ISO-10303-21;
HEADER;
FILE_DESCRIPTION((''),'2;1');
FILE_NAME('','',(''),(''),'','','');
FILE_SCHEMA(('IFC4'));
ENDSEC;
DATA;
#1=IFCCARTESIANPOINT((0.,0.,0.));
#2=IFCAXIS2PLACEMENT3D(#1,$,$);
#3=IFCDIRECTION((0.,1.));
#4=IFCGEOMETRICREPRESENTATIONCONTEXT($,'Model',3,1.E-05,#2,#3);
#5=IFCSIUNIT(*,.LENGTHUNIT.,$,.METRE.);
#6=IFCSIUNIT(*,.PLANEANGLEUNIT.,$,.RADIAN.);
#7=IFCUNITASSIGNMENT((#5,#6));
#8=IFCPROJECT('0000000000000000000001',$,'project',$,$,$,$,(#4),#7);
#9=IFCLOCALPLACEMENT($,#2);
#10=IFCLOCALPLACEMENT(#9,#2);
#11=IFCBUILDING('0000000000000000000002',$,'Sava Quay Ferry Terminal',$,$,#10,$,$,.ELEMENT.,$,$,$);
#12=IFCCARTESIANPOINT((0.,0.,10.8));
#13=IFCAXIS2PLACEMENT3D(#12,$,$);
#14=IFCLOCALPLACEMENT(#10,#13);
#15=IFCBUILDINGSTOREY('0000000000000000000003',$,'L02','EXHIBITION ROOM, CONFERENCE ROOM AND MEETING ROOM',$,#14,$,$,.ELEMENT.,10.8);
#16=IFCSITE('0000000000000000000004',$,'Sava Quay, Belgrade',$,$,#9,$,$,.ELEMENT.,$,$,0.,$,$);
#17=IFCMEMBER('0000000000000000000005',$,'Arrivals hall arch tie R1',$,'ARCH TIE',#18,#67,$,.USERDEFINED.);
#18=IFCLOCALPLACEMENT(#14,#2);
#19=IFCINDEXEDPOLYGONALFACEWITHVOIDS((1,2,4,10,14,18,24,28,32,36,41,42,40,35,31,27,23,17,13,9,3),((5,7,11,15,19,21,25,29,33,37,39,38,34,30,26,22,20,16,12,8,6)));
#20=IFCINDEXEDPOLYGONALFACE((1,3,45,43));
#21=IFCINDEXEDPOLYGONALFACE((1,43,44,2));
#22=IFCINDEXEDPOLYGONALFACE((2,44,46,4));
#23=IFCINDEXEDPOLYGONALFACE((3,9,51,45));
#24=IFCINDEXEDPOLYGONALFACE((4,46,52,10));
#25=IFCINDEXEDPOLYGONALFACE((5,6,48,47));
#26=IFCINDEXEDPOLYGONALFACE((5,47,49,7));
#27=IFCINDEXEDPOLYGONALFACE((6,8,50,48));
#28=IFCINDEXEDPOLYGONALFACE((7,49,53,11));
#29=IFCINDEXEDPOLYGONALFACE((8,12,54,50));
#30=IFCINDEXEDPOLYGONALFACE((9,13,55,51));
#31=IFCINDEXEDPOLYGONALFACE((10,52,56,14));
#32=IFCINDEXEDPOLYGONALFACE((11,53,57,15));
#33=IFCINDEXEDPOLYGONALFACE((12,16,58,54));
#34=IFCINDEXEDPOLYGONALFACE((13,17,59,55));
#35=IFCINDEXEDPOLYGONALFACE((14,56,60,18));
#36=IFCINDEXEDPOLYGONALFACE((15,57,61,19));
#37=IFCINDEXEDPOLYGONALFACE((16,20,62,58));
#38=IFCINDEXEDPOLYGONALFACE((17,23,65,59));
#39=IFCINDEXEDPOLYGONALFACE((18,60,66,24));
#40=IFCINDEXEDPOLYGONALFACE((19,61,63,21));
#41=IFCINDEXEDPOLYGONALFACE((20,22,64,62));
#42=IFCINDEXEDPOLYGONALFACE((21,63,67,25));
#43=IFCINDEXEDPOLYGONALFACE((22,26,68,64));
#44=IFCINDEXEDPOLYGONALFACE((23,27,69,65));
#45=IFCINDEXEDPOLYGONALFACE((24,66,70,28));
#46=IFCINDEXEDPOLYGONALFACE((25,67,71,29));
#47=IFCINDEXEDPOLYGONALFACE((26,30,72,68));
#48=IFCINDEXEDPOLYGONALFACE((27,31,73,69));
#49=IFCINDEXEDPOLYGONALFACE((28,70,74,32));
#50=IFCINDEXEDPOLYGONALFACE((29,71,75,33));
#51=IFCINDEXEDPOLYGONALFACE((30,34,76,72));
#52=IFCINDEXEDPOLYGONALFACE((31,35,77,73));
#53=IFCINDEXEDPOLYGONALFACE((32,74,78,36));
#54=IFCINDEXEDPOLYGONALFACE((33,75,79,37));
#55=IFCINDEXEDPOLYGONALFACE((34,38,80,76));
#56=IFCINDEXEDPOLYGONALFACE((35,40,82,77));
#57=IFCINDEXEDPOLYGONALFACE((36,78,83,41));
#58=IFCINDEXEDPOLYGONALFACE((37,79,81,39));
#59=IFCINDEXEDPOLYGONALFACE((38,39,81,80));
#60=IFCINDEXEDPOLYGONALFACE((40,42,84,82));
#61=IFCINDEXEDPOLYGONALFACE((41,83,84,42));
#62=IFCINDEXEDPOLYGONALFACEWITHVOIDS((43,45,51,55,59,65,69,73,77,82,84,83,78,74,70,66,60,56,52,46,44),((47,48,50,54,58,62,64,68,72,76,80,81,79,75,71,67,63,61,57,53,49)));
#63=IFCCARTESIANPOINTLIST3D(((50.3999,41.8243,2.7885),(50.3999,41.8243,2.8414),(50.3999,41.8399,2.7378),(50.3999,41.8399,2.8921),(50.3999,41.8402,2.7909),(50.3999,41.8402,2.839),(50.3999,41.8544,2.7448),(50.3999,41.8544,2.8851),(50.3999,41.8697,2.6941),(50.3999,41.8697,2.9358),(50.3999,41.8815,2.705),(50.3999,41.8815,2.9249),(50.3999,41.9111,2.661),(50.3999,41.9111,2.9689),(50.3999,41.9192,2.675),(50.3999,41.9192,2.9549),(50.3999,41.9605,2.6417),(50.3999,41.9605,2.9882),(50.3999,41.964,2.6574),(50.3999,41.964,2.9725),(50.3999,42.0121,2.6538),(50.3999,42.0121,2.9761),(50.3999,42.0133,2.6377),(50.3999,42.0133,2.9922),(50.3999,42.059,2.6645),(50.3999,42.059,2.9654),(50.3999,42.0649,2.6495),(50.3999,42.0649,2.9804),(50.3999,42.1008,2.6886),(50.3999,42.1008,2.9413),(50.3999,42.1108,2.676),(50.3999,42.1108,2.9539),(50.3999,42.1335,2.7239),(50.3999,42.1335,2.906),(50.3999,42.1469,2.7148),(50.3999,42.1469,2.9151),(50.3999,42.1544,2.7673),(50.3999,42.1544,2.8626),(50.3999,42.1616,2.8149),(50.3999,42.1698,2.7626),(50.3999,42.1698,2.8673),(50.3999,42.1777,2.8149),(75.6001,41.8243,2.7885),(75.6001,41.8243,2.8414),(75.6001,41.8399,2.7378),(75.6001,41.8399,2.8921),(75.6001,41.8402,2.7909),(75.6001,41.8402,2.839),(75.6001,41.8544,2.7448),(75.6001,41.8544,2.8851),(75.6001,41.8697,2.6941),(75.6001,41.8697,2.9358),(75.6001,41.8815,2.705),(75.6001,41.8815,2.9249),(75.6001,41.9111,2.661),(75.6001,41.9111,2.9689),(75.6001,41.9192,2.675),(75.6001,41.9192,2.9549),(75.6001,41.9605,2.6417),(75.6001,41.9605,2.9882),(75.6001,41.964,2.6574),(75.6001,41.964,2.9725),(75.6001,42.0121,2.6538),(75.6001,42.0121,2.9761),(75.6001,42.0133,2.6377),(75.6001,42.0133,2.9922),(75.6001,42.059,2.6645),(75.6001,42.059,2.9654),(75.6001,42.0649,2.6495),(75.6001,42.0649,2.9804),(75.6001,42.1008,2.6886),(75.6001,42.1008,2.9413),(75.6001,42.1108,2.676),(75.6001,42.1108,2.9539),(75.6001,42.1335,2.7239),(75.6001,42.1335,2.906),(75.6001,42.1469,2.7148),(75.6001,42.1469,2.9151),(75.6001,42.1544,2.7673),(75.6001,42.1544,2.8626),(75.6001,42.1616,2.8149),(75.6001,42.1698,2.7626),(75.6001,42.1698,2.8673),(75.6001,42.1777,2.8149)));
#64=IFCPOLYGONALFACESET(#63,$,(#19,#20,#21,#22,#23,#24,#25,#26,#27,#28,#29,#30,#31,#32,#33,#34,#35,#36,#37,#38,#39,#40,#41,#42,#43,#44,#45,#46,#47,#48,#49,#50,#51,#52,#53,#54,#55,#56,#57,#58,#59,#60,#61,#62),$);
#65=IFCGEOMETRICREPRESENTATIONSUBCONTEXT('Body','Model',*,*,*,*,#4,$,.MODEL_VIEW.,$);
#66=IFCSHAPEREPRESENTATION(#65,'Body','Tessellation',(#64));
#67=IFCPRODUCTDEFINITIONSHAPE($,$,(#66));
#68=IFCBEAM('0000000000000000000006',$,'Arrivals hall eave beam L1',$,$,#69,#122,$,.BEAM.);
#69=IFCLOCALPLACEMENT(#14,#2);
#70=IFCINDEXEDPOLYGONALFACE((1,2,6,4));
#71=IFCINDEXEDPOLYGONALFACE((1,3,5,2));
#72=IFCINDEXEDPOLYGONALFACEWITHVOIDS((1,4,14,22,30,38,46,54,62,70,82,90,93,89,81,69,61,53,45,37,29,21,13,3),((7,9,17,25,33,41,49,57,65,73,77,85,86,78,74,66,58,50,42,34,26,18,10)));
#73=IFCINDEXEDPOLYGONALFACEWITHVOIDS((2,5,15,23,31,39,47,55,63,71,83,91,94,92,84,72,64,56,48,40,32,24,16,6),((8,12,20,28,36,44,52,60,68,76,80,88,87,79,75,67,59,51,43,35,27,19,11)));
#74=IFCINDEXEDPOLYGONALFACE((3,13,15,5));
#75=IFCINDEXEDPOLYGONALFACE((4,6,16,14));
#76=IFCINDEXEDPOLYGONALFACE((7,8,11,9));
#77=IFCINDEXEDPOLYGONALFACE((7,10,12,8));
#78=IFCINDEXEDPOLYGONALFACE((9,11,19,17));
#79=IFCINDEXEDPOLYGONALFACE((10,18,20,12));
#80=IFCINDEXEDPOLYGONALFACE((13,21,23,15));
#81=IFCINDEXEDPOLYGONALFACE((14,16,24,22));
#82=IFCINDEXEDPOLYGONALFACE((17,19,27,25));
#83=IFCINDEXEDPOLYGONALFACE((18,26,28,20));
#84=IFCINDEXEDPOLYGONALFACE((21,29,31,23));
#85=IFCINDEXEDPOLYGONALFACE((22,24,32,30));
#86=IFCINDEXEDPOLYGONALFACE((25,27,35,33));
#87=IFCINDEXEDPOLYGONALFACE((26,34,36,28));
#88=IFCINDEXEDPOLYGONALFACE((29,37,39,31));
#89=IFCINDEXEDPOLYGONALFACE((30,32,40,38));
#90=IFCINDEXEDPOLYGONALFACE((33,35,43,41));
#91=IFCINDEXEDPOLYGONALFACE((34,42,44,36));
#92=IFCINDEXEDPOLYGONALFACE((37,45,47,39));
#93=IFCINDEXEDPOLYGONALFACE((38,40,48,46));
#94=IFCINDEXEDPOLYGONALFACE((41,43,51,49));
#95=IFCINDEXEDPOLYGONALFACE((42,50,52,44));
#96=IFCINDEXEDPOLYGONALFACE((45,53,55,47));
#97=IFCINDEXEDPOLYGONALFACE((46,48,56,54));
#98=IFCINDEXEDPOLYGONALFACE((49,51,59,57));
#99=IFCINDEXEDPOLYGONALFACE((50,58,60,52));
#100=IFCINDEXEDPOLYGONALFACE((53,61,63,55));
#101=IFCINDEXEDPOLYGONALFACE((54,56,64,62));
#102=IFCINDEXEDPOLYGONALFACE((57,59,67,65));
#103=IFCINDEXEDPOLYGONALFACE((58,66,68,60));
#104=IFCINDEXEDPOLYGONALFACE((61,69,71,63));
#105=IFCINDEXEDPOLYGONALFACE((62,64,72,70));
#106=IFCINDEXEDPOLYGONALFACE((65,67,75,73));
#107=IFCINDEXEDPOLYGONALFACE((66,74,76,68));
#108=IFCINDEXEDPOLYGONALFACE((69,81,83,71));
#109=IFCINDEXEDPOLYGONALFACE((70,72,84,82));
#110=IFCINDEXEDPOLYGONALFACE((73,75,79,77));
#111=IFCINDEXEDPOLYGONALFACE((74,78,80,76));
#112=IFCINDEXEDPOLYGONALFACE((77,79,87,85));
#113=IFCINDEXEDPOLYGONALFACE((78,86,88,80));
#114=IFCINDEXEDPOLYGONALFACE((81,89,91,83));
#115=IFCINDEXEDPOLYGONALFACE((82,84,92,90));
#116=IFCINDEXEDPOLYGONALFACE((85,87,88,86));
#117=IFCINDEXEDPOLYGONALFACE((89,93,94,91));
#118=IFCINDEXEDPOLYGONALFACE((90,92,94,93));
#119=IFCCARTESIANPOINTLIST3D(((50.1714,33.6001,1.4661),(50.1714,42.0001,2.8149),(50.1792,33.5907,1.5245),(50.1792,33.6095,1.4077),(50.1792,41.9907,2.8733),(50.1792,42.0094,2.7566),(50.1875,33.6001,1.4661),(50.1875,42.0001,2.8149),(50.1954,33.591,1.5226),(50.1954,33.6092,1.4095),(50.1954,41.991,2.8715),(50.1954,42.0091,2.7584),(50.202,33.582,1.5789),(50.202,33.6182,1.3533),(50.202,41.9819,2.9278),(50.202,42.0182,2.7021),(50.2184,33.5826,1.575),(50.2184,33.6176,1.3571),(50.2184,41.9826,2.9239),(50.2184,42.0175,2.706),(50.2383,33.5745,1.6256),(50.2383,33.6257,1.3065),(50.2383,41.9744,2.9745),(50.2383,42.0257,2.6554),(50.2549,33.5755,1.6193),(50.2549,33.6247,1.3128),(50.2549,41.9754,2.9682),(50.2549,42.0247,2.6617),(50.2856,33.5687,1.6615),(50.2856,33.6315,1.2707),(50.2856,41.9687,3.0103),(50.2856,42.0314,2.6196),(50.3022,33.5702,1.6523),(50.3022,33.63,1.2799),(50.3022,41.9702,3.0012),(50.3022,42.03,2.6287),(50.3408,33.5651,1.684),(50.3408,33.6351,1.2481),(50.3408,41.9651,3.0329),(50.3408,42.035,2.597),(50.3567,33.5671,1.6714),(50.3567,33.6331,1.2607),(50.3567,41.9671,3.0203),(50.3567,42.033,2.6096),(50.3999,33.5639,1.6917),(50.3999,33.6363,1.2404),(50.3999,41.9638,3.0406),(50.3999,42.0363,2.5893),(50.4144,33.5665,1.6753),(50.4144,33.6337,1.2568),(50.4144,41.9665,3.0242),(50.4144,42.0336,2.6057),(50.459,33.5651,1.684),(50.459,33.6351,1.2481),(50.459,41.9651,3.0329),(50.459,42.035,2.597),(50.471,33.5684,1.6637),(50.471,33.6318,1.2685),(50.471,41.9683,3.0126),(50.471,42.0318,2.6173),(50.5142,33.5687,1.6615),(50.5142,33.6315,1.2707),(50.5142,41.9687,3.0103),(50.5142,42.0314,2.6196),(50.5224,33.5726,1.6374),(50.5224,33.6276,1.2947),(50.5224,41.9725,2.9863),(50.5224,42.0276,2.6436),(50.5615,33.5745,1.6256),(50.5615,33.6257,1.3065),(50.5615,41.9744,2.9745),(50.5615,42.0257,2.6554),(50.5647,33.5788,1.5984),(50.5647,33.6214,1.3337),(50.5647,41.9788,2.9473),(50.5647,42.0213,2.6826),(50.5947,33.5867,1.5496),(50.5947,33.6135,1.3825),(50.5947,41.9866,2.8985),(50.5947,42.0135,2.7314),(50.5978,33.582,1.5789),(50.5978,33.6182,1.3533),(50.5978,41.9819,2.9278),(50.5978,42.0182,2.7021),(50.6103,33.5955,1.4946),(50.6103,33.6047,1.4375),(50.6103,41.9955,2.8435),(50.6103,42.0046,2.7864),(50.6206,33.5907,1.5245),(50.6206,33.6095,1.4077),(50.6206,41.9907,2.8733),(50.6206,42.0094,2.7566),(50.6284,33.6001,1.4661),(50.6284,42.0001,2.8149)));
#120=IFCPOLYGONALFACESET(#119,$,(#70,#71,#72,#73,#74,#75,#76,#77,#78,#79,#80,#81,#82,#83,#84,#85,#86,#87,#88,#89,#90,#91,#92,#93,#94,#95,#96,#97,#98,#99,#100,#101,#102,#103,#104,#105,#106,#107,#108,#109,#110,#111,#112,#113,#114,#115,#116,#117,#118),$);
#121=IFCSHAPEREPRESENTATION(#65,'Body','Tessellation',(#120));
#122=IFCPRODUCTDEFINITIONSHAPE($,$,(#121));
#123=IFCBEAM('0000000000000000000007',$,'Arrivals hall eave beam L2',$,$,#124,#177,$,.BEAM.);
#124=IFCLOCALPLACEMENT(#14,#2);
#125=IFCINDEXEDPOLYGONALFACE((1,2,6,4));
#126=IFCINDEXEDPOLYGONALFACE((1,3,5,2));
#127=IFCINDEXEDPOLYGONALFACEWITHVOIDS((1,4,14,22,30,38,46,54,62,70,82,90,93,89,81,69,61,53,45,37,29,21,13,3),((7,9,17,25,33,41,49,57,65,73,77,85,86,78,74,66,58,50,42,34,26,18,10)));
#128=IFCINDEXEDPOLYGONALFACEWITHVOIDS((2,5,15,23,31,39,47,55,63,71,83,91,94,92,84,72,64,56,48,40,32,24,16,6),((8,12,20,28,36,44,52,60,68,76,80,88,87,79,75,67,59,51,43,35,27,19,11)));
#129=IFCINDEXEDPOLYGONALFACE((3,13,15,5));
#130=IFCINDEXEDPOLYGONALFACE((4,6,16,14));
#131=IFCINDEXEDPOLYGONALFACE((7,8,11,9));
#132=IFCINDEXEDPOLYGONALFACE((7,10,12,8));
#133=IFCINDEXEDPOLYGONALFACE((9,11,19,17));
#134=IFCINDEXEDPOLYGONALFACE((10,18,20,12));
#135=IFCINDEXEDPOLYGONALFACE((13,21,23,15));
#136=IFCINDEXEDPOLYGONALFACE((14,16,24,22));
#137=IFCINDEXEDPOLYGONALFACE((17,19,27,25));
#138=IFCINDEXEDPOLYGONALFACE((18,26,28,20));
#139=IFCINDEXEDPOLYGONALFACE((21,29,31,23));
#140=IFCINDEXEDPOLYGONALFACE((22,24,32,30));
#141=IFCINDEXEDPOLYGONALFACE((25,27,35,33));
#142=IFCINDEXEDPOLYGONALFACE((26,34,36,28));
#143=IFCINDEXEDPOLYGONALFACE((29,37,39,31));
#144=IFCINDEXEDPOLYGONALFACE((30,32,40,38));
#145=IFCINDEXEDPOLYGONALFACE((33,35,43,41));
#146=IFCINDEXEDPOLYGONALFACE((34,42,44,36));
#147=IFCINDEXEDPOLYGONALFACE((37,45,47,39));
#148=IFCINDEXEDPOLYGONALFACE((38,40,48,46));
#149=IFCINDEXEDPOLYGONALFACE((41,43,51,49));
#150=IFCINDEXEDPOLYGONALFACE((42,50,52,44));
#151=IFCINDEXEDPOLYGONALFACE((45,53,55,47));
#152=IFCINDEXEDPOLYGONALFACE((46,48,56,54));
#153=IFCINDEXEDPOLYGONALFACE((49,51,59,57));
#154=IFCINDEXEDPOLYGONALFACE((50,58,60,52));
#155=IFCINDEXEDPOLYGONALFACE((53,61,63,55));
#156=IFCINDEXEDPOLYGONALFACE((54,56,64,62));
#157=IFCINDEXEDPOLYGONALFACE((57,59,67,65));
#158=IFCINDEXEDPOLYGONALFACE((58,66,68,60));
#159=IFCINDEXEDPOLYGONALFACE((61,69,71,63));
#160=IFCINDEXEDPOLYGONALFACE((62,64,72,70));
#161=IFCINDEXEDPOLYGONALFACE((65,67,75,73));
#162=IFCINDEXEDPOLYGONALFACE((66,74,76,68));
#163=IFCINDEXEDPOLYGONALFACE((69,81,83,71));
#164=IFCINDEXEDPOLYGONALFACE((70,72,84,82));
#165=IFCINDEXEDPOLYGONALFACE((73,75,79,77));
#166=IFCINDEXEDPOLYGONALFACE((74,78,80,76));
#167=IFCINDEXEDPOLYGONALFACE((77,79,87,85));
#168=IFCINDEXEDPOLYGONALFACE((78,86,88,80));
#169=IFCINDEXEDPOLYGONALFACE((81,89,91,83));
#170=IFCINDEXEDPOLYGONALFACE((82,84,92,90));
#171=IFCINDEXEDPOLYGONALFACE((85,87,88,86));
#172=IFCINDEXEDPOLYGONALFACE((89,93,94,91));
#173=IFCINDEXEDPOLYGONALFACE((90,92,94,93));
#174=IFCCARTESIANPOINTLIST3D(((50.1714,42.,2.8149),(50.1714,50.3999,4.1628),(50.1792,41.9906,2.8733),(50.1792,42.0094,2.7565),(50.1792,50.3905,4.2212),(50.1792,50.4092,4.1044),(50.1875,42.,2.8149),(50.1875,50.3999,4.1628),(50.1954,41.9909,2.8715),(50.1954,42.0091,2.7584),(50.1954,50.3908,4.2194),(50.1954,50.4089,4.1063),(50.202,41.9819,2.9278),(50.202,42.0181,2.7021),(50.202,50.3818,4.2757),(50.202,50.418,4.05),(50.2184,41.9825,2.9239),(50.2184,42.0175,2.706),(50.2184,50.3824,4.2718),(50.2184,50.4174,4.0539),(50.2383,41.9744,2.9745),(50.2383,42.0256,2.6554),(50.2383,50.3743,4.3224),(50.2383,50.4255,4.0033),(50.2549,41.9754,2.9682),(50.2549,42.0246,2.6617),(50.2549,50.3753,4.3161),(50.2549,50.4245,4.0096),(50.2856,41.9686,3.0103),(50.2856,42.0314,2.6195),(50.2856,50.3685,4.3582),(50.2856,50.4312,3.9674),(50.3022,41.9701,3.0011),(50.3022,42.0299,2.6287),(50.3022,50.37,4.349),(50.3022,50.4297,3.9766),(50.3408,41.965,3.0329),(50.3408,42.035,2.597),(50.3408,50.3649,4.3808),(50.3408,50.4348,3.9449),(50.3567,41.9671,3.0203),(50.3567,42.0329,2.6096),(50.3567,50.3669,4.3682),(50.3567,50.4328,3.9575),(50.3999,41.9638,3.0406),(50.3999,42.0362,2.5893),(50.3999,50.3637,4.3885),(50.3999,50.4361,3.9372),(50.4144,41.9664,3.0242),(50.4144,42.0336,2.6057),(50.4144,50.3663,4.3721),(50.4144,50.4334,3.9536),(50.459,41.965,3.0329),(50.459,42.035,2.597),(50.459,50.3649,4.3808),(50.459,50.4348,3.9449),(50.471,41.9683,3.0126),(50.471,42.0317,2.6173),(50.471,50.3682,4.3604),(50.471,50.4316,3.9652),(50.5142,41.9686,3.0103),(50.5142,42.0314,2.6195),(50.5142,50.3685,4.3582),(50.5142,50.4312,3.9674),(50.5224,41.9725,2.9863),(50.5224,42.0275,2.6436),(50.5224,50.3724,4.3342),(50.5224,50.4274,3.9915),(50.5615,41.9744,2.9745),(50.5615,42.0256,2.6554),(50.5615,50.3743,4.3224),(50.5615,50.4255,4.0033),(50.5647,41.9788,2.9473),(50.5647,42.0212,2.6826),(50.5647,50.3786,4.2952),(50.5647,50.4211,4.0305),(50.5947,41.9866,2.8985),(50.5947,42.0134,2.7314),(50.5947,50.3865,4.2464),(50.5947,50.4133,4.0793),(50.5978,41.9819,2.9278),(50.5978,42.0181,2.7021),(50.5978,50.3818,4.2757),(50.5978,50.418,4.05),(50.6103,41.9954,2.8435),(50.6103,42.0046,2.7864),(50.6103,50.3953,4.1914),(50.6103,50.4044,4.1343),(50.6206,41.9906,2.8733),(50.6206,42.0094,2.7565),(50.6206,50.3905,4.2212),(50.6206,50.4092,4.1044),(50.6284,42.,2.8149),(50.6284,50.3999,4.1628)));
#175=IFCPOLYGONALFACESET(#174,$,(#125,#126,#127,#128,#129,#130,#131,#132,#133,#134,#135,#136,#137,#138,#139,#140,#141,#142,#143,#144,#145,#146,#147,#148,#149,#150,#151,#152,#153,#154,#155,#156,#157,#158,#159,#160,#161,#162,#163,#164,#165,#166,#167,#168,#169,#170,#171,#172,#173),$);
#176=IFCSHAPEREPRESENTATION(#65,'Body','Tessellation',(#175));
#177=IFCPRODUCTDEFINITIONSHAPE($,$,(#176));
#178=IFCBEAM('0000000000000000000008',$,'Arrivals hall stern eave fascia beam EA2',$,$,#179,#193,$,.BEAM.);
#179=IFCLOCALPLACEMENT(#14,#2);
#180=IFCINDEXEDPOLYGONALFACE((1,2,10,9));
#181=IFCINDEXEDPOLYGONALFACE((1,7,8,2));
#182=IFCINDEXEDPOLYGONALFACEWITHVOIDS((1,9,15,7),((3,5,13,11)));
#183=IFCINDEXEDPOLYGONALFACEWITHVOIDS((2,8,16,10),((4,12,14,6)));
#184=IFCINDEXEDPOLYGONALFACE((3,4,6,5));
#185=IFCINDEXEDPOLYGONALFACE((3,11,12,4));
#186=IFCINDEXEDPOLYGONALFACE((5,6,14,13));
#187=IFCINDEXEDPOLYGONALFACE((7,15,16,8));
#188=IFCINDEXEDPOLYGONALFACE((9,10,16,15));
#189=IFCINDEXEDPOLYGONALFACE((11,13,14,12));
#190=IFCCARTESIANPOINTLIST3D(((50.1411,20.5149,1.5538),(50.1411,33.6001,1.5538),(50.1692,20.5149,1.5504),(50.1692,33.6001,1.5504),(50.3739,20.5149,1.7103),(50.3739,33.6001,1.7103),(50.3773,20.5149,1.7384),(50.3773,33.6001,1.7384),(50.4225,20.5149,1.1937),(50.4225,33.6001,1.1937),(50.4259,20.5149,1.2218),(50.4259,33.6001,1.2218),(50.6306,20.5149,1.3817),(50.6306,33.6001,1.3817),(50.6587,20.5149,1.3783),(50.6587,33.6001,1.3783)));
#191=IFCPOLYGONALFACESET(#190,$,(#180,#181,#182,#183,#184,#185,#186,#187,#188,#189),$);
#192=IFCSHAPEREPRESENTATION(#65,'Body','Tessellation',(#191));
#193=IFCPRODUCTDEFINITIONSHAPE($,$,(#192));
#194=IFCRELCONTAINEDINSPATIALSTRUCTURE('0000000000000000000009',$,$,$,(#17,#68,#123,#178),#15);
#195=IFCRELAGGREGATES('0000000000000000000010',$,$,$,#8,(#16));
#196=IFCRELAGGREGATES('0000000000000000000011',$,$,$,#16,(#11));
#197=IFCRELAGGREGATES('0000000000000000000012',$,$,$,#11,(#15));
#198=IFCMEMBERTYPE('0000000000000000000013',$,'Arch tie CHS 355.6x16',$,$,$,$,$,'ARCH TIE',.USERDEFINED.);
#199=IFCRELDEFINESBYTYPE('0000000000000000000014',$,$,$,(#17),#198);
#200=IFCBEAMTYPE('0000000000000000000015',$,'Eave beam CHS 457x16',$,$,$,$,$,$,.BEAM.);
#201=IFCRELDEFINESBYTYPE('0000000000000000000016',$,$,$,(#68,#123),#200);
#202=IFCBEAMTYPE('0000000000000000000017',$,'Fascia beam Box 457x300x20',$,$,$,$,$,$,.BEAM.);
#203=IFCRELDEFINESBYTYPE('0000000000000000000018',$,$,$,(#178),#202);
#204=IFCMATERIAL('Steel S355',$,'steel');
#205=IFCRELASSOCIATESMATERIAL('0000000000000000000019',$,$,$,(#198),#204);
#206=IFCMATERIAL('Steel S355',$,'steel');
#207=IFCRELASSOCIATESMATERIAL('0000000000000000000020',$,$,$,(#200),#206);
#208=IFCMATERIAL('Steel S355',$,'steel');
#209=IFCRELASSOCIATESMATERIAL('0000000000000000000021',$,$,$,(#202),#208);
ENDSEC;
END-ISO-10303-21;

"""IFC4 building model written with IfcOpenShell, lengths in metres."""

from ifc_helpers import new_model, si_unit, direction, frame, origin, origin_2d, place, context, subcontext, project, spatial, polyline, hollow_circle, outline, extrude, material, material_profile, profile_set, type_object, element, save


model = new_model("IFC4")

# Units and contexts
model_context = context("Model", 3, precision=1e-05, world=origin(), true_north=direction((0.0, 1.0)))
body_context = subcontext(model_context, "Body", "Model", "MODEL_VIEW")
ifc_project = project(units=[si_unit("LENGTHUNIT", "METRE"), si_unit("PLANEANGLEUNIT", "RADIAN")], contexts=[model_context])

# Site, building, storey
site_placement = place(None, origin())
site = spatial("IfcSite", under=ifc_project, at=site_placement, Name="Sava Quay, Belgrade", CompositionType="ELEMENT", RefElevation=0.0)
building_placement = place(site_placement, origin())
building = spatial("IfcBuilding", under=site, at=building_placement, Name="Sava Quay Ferry Terminal", CompositionType="ELEMENT")
storey_placement = place(building_placement, frame((0.0, 0.0, 10.8)))
storey = spatial("IfcBuildingStorey", under=building, at=storey_placement, Name="L02", Description="EXHIBITION ROOM, CONFERENCE ROOM AND MEETING ROOM", CompositionType="ELEMENT", Elevation=10.8)

# Member
ifc_material_1 = material(Name="Steel S355", Category="steel")
ifc_material_profile_1 = material_profile(ifc_material_1, hollow_circle(Radius=0.1777, WallThickness=0.0161, at=origin_2d()), Name="CHS 355.6 x 16.0")
ifc_profile_set_1 = profile_set([ifc_material_profile_1], Name="Steel S355")
member_type_1 = type_object("IfcMemberType", Name="Arch tie CHS 355.6x16", ElementType="ARCH TIE", PredefinedType="USERDEFINED", material=ifc_profile_set_1)
for number, where, z_axis, x_axis, name in (
    (1, (50.3999, 42.0, 2.8149), (1.0, 0.0, 0.0), (0.0, 1.0, 0.0), "Arrivals hall arch tie R1"),
):
    element("IfcMember", number, at=place(storey_placement, frame(where, z_axis=z_axis, x_axis=x_axis)), inside=storey, type_object=member_type_1, Name=name, ObjectType="ARCH TIE", PredefinedType="USERDEFINED", context=body_context, shape_type="SweptSolid", body=[
        extrude(hollow_circle(Radius=0.1777, WallThickness=0.0161, at=origin_2d()), origin(), (0.0, 0.0, 1.0), 25.2002),
    ])

# Beams
ifc_material_2 = material(Name="Steel S355", Category="steel")
ifc_material_profile_2 = material_profile(ifc_material_2, hollow_circle(Radius=0.2285, WallThickness=0.0161, at=origin_2d()), Name="CHS 457 x 16.0")
ifc_profile_set_2 = profile_set([ifc_material_profile_2], Name="Steel S355")
beam_type_1 = type_object("IfcBeamType", Name="Eave beam CHS 457x16", PredefinedType="BEAM", material=ifc_profile_set_2)
beam_1_placement = place(storey_placement, frame((50.3999, 33.6001, 1.4661), z_axis=(0.0, 0.987351, 0.158551), x_axis=(-1.0, 0.0, 0.0)))
element("IfcBeam", 2, at=beam_1_placement, inside=storey, type_object=beam_type_1, Name="Arrivals hall eave beam L1", PredefinedType="BEAM", context=body_context, shape_type="SweptSolid", body=[
    extrude(hollow_circle(Radius=0.2285, WallThickness=0.0161, at=origin_2d()), origin(), (0.0, 0.0, 1.0), 8.5076),
])
beam_2_placement = place(storey_placement, frame((50.3999, 42.0, 2.8149), z_axis=(0.0, 0.987369, 0.158439), x_axis=(-1.0, 0.0, 0.0)))
element("IfcBeam", 3, at=beam_2_placement, inside=storey, type_object=beam_type_1, Name="Arrivals hall eave beam L2", PredefinedType="BEAM", context=body_context, shape_type="SweptSolid", body=[
    extrude(hollow_circle(Radius=0.2285, WallThickness=0.0161, at=origin_2d()), origin(), (0.0, 0.0, 1.0), 8.5073),
])
ifc_material_3 = material(Name="Steel S355", Category="steel")
ifc_material_profile_3 = material_profile(ifc_material_3, outline(polyline([(-0.1499, -0.2285), (0.1499, -0.2285), (0.1499, 0.2285), (-0.1499, 0.2285), (-0.1499, -0.2285)]), holes=[polyline([(-0.1299, -0.2085), (-0.1299, 0.2085), (0.1299, 0.2085), (0.1299, -0.2085), (-0.1299, -0.2085)])]), Name="Box 457x300x20 built-up")
ifc_profile_set_3 = profile_set([ifc_material_profile_3], Name="Steel S355")
beam_type_2 = type_object("IfcBeamType", Name="Fascia beam Box 457x300x20", PredefinedType="BEAM", material=ifc_profile_set_3)
beam_3_placement = place(storey_placement, frame((50.3999, 33.6001, 1.4661), z_axis=(0.0, -1.0, 0.0), x_axis=(0.788011, 0.0, 0.615661)))
element("IfcBeam", 4, at=beam_3_placement, inside=storey, type_object=beam_type_2, Name="Arrivals hall stern eave fascia beam EA2", PredefinedType="BEAM", context=body_context, shape_type="SweptSolid", body=[
    extrude(outline(polyline([(-0.1499, -0.2285), (0.1499, -0.2285), (0.1499, 0.2285), (-0.1499, 0.2285), (-0.1499, -0.2285)]), holes=[polyline([(-0.1299, -0.2085), (-0.1299, 0.2085), (0.1299, 0.2085), (0.1299, -0.2085), (-0.1299, -0.2085)])]), origin(), (0.0, 0.0, 1.0), 13.0852),
])

save(model, "model.ifc")
